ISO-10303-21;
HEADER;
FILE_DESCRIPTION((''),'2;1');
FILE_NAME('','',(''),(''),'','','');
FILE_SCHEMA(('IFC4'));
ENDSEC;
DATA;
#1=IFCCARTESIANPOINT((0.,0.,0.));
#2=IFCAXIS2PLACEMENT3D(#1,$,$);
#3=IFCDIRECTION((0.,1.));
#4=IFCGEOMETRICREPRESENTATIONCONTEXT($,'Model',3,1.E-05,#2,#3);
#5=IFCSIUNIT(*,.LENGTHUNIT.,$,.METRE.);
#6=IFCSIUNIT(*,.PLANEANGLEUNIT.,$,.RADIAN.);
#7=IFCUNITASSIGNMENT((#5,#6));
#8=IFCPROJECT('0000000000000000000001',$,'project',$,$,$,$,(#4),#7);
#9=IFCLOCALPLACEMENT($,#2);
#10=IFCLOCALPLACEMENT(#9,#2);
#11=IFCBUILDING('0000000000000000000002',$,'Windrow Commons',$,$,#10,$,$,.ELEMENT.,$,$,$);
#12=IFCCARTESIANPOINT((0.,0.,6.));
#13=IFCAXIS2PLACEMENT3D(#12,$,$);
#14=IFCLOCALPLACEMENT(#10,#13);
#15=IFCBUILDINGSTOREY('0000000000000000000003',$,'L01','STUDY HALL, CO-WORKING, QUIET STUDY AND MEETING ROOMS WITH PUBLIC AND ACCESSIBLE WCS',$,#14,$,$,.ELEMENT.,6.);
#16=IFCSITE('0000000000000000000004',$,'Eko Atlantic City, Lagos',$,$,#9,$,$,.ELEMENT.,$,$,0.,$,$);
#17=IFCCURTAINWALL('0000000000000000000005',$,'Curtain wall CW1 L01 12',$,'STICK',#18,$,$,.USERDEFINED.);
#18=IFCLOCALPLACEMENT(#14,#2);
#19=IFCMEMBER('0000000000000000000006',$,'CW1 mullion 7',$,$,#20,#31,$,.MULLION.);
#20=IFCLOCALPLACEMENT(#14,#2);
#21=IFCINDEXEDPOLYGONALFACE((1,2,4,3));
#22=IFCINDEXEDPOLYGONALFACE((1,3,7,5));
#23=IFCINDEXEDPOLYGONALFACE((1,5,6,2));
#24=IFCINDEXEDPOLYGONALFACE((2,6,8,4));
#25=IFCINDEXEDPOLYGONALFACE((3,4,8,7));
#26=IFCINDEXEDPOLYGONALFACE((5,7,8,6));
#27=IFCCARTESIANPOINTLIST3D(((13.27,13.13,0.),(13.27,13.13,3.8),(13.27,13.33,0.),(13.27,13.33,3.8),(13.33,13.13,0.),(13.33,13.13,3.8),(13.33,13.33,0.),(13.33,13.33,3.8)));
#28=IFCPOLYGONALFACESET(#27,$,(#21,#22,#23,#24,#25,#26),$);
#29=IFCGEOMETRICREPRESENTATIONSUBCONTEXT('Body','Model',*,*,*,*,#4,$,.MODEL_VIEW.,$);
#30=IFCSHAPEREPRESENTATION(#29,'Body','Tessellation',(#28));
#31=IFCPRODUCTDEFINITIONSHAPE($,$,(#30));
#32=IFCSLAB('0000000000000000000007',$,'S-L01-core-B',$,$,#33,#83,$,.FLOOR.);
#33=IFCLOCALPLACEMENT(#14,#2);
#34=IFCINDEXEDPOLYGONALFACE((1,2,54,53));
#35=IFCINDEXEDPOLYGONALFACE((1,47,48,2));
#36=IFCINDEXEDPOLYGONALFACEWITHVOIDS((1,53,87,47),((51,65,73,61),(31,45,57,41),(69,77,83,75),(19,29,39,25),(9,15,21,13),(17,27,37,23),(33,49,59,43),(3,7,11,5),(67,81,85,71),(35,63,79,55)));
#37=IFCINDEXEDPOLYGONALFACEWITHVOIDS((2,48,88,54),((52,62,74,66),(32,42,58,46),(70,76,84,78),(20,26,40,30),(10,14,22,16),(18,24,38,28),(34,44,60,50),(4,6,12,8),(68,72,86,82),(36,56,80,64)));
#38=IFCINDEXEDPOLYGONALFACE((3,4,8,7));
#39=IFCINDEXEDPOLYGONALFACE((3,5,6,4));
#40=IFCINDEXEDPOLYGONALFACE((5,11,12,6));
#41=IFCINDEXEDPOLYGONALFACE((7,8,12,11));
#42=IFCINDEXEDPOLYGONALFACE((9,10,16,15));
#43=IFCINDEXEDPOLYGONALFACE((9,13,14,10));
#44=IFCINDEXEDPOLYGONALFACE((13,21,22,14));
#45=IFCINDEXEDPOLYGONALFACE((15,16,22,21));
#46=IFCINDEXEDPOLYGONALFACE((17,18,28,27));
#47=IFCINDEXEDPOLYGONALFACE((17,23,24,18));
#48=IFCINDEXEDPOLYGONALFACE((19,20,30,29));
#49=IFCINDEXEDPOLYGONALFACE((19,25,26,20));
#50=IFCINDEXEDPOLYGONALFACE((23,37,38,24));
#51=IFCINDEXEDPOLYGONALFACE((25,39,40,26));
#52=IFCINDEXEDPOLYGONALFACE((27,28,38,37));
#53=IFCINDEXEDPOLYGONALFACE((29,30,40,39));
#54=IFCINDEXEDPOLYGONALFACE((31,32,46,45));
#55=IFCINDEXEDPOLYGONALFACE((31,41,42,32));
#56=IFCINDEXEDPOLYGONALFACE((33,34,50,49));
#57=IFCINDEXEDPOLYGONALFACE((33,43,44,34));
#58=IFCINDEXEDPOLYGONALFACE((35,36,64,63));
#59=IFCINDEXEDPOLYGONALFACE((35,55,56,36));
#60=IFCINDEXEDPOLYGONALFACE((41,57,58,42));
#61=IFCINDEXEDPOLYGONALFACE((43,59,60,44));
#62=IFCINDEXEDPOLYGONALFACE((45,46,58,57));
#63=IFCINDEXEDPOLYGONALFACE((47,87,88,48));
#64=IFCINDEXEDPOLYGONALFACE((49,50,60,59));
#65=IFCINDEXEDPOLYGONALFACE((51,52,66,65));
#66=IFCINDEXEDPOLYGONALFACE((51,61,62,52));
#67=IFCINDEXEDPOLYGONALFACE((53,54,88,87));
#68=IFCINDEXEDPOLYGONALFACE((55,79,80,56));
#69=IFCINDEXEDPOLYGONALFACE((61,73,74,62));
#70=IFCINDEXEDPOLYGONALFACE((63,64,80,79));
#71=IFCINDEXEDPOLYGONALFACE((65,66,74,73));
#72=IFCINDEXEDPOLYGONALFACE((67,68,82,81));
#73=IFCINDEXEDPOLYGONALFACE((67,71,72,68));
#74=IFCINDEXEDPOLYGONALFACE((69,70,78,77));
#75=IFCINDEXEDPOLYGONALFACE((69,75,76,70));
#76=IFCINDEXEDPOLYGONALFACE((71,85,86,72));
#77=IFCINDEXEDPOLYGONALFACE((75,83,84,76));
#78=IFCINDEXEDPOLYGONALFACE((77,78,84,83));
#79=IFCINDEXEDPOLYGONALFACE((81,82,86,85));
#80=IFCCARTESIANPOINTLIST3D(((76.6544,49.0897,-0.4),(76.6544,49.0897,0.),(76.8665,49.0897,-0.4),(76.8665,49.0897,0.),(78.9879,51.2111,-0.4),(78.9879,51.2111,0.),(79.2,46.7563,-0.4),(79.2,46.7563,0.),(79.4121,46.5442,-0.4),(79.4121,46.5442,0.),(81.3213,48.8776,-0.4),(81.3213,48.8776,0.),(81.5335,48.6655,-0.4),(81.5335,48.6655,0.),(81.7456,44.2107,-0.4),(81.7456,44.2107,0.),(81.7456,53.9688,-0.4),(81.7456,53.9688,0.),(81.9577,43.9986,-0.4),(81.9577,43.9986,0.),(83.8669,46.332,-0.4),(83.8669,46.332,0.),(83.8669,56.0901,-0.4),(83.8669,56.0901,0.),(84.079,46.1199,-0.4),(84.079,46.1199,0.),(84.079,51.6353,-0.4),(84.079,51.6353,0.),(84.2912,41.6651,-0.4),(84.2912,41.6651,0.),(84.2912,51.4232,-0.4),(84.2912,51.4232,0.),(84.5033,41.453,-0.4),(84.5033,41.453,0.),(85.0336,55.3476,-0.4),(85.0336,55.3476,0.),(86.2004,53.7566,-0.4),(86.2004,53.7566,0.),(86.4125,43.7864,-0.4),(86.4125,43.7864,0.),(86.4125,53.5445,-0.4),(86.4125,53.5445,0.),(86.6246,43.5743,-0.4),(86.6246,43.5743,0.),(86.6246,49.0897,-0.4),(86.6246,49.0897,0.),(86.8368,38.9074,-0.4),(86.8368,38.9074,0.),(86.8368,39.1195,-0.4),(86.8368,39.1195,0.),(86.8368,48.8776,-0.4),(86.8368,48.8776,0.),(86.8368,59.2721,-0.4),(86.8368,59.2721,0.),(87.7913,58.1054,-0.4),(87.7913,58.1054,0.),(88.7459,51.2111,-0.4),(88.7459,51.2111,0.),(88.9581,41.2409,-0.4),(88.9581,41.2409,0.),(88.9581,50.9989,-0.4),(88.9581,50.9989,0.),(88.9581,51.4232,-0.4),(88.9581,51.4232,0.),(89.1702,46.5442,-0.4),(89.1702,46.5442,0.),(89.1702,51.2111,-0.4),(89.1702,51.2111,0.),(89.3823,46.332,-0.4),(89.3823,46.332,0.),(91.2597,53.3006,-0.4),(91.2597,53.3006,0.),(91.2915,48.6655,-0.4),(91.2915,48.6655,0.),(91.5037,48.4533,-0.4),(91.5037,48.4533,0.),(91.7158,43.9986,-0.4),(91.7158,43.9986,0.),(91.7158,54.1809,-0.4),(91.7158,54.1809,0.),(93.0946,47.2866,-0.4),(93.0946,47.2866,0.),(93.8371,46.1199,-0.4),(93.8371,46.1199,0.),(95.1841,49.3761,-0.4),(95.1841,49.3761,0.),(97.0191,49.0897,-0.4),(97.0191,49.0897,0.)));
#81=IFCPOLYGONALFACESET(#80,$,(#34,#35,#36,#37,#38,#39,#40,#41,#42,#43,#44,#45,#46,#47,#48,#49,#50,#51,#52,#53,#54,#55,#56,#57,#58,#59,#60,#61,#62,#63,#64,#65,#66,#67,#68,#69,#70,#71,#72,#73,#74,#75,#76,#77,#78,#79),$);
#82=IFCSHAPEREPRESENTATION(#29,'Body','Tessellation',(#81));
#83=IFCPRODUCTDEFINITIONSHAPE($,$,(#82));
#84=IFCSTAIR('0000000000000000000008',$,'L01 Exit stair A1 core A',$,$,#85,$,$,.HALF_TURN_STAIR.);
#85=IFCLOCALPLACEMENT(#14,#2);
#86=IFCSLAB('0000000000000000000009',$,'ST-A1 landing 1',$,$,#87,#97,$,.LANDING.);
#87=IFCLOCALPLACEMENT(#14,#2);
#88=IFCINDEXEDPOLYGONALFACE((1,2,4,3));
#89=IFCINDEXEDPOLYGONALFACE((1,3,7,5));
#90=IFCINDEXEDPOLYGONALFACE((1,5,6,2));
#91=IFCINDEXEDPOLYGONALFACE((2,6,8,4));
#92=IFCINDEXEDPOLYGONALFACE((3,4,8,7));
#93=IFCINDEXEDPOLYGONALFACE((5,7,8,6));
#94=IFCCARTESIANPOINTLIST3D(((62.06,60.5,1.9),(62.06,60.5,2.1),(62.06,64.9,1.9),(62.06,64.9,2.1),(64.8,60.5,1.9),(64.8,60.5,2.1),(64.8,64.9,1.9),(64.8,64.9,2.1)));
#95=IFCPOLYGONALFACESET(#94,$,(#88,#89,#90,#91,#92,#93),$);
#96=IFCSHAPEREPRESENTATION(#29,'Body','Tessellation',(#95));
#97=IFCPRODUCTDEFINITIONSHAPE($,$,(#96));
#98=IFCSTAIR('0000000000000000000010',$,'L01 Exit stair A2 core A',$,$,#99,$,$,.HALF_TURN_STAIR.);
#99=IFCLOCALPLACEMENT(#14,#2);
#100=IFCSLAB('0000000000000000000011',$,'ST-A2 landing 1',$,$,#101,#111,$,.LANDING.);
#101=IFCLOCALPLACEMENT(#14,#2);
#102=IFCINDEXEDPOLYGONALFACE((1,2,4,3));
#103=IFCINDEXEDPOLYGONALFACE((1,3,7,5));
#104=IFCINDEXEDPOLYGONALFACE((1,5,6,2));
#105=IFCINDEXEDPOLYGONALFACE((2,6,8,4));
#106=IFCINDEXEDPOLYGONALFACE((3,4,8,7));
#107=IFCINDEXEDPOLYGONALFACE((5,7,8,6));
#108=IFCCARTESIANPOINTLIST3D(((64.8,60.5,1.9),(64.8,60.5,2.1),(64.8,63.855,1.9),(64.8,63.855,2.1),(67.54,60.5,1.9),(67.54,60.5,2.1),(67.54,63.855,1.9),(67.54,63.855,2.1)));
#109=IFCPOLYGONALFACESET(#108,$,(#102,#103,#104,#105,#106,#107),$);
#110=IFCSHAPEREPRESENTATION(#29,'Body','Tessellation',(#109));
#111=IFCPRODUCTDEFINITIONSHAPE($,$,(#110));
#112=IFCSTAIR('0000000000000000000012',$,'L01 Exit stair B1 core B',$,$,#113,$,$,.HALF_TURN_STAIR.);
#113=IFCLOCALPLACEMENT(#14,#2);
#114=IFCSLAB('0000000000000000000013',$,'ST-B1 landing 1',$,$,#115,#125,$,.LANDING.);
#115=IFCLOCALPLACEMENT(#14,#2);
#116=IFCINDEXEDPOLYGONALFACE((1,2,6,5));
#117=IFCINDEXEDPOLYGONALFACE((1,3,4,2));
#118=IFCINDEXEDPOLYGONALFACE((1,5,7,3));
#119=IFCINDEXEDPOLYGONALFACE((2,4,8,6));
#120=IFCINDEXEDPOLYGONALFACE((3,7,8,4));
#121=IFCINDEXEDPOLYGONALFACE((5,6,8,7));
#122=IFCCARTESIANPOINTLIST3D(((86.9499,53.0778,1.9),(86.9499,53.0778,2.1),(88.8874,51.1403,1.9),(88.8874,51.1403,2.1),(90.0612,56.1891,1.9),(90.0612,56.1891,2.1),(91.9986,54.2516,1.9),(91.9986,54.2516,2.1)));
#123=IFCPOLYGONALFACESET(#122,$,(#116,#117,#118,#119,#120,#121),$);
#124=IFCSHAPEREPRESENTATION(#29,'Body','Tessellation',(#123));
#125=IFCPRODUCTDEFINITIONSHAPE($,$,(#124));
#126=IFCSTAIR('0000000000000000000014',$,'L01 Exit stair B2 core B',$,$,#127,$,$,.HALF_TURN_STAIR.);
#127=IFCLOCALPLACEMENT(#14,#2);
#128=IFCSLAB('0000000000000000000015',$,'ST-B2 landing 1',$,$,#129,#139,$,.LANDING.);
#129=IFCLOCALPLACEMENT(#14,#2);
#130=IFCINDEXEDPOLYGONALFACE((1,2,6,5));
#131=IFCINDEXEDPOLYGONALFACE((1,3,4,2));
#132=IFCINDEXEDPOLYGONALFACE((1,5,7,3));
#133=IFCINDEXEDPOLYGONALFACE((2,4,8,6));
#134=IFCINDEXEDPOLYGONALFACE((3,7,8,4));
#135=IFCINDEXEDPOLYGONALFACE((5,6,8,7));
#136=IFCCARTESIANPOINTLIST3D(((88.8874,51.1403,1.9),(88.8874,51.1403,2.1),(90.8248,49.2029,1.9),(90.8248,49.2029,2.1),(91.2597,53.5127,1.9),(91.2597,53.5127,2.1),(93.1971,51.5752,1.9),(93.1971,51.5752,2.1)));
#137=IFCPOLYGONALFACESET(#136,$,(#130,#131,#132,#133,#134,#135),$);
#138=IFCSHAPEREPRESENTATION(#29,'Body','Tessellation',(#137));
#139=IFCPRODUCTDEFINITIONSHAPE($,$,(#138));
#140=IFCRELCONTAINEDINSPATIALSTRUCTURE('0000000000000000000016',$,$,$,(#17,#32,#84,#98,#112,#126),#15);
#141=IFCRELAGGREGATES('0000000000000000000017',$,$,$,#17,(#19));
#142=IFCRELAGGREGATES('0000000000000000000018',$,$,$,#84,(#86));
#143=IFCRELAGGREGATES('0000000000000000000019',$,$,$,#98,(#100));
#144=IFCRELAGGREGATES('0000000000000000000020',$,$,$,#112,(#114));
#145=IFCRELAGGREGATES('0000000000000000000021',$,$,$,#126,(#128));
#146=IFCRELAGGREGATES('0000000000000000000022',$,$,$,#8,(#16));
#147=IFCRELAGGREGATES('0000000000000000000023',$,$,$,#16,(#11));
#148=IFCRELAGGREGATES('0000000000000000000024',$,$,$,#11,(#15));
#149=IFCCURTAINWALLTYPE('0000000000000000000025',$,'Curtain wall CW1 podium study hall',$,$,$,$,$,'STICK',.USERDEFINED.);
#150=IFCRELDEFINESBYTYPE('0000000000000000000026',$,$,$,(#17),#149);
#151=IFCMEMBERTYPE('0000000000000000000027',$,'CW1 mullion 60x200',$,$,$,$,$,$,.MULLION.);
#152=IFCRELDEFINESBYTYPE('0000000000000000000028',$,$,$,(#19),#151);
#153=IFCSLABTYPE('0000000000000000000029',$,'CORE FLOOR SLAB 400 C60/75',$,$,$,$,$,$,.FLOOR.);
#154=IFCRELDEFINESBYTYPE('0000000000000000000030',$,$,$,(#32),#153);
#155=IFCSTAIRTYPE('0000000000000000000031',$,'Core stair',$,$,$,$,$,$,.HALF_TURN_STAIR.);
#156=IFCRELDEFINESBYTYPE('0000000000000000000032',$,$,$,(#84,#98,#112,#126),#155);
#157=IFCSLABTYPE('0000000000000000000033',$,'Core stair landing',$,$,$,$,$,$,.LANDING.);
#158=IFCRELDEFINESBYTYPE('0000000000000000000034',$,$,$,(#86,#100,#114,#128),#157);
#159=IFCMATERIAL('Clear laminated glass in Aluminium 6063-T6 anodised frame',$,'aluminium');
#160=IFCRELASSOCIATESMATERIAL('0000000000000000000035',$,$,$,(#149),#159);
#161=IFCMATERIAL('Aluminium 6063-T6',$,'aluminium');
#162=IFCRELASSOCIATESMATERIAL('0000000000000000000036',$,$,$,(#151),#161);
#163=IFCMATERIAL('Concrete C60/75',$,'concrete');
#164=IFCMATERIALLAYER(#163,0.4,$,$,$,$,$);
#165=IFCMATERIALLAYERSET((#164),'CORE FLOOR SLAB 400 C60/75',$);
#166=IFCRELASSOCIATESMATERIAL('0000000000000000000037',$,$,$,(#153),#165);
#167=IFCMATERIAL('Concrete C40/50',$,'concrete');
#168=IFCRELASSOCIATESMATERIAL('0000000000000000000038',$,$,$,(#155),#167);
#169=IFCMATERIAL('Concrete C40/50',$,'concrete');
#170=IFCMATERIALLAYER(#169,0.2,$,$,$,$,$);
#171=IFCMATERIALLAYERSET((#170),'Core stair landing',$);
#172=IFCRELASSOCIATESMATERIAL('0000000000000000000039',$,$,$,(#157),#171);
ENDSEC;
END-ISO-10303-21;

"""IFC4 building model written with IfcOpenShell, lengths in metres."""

from ifc_helpers import new_model, si_unit, direction, frame, origin, origin_2d, place, context, subcontext, project, spatial, polyline, rectangle, outline, extrude, material, layer, layer_set, material_profile, profile_set, type_object, element, aggregate, save


model = new_model("IFC4")

# Units and contexts
model_context = context("Model", 3, precision=1e-05, world=origin(), true_north=direction((0.0, 1.0)))
body_context = subcontext(model_context, "Body", "Model", "MODEL_VIEW")
ifc_project = project(units=[si_unit("LENGTHUNIT", "METRE"), si_unit("PLANEANGLEUNIT", "RADIAN")], contexts=[model_context])

# Site, building, storey
site_placement = place(None, origin())
site = spatial("IfcSite", under=ifc_project, at=site_placement, Name="Eko Atlantic City, Lagos", CompositionType="ELEMENT", RefElevation=0.0)
building_placement = place(site_placement, origin())
building = spatial("IfcBuilding", under=site, at=building_placement, Name="Windrow Commons", CompositionType="ELEMENT")
storey_placement = place(building_placement, frame((0.0, 0.0, 6.0)))
storey = spatial("IfcBuildingStorey", under=building, at=storey_placement, Name="L01", Description="STUDY HALL, CO-WORKING, QUIET STUDY AND MEETING ROOMS WITH PUBLIC AND ACCESSIBLE WCS", CompositionType="ELEMENT", Elevation=6.0)

# Curtain wall, member
ifc_material_1 = material(Name="Clear laminated glass in Aluminium 6063-T6 anodised frame", Category="aluminium")
curtain_wall_type = type_object("IfcCurtainWallType", Name="Curtain wall CW1 podium study hall", ElementType="STICK", PredefinedType="USERDEFINED", material=ifc_material_1)
placement_1 = place(storey_placement, origin())
curtain_wall = element("IfcCurtainWall", 1, at=placement_1, inside=storey, type_object=curtain_wall_type, Name="Curtain wall CW1 L01 12", ObjectType="STICK", PredefinedType="USERDEFINED")
ifc_material_2 = material(Name="Aluminium 6063-T6", Category="aluminium")
ifc_material_profile = material_profile(ifc_material_2, rectangle(XDim=0.06, YDim=0.2, at=origin_2d()))
ifc_profile_set = profile_set([ifc_material_profile], Name="Aluminium 6063-T6")
member_type = type_object("IfcMemberType", Name="CW1 mullion 60x200", PredefinedType="MULLION", material=ifc_profile_set)
member_placement = place(storey_placement, frame((13.3, 13.23, 0.0), z_axis=(0.0, 0.0, 1.0), x_axis=(1.0, 0.0, 0.0)))
member = element("IfcMember", 2, at=member_placement, type_object=member_type, Name="CW1 mullion 7", PredefinedType="MULLION", context=body_context, shape_type="SweptSolid", body=[
    extrude(rectangle(XDim=0.06, YDim=0.2, at=origin_2d()), origin(), (0.0, 0.0, 1.0), 3.8),
])
aggregate(curtain_wall, [member])

# Slab, openings
ifc_material_3 = material(Name="Concrete C60/75", Category="concrete")
ifc_layer_1 = layer(ifc_material_3, 0.4)
ifc_layer_set_1 = layer_set([ifc_layer_1], Name="CORE FLOOR SLAB 400 C60/75")
slab_type_1 = type_object("IfcSlabType", Name="CORE FLOOR SLAB 400 C60/75", PredefinedType="FLOOR", material=ifc_layer_set_1)
placement_2 = place(storey_placement, frame((0.0, 0.0, -0.4)))
slab_1 = element("IfcSlab", 3, at=placement_2, inside=storey, type_object=slab_type_1, Name="S-L01-core-B", PredefinedType="FLOOR", context=body_context, shape_type="SweptSolid", body=[
    extrude(outline(polyline([(76.6544, 49.0897), (86.8368, 38.9074), (97.0191, 49.0897), (86.8368, 59.2721), (76.6544, 49.0897)]), holes=[polyline([(76.8665, 49.0897), (79.2, 46.7563), (81.3213, 48.8776), (78.9879, 51.2111), (76.8665, 49.0897)]), polyline([(79.4121, 46.5442), (81.7456, 44.2107), (83.8669, 46.332), (81.5335, 48.6655), (79.4121, 46.5442)]), polyline([(81.9577, 43.9986), (84.2912, 41.6651), (86.4125, 43.7864), (84.079, 46.1199), (81.9577, 43.9986)]), polyline([(84.5033, 41.453), (86.8368, 39.1195), (88.9581, 41.2409), (86.6246, 43.5743), (84.5033, 41.453)]), polyline([(81.7456, 53.9688), (84.079, 51.6353), (86.2004, 53.7566), (83.8669, 56.0901), (81.7456, 53.9688)]), polyline([(84.2912, 51.4232), (86.6246, 49.0897), (88.7459, 51.2111), (86.4125, 53.5445), (84.2912, 51.4232)]), polyline([(86.8368, 48.8776), (89.1702, 46.5442), (91.2915, 48.6655), (88.9581, 50.9989), (86.8368, 48.8776)]), polyline([(89.3823, 46.332), (91.7158, 43.9986), (93.8371, 46.1199), (91.5037, 48.4533), (89.3823, 46.332)]), polyline([(85.0336, 55.3476), (88.9581, 51.4232), (91.7158, 54.1809), (87.7913, 58.1054), (85.0336, 55.3476)]), polyline([(89.1702, 51.2111), (93.0946, 47.2866), (95.1841, 49.3761), (91.2597, 53.3006), (89.1702, 51.2111)])]), origin(), (0.0, 0.0, 1.0), 0.4),
])
opening_1_placement = place(placement_2, origin())
element("IfcOpeningElement", 4, at=opening_1_placement, cuts=slab_1, PredefinedType="OPENING", context=body_context, shape_type="SweptSolid", body=[
    extrude(outline(polyline([(76.8736, 49.0897), (78.9879, 51.204), (81.3142, 48.8776), (79.2, 46.7634), (76.8736, 49.0897)])), origin(), (0.0, 0.0, 1.0), 0.4),
])
opening_2_placement = place(placement_2, origin())
element("IfcOpeningElement", 5, at=opening_2_placement, cuts=slab_1, PredefinedType="OPENING", context=body_context, shape_type="SweptSolid", body=[
    extrude(outline(polyline([(79.4192, 46.5442), (81.5335, 48.6584), (83.8598, 46.332), (81.7456, 44.2178), (79.4192, 46.5442)])), origin(), (0.0, 0.0, 1.0), 0.4),
])
opening_3_placement = place(placement_2, origin())
element("IfcOpeningElement", 6, at=opening_3_placement, cuts=slab_1, PredefinedType="OPENING", context=body_context, shape_type="SweptSolid", body=[
    extrude(outline(polyline([(81.9648, 43.9986), (84.079, 46.1128), (86.4054, 43.7864), (84.2912, 41.6722), (81.9648, 43.9986)])), origin(), (0.0, 0.0, 1.0), 0.4),
])
opening_4_placement = place(placement_2, origin())
element("IfcOpeningElement", 7, at=opening_4_placement, cuts=slab_1, PredefinedType="OPENING", context=body_context, shape_type="SweptSolid", body=[
    extrude(outline(polyline([(84.5104, 41.453), (86.6246, 43.5672), (88.951, 41.2409), (86.8368, 39.1266), (84.5104, 41.453)])), origin(), (0.0, 0.0, 1.0), 0.4),
])
opening_5_placement = place(placement_2, origin())
element("IfcOpeningElement", 8, at=opening_5_placement, cuts=slab_1, PredefinedType="OPENING", context=body_context, shape_type="SweptSolid", body=[
    extrude(outline(polyline([(81.7527, 53.9688), (83.8669, 56.083), (86.1933, 53.7566), (84.079, 51.6424), (81.7527, 53.9688)])), origin(), (0.0, 0.0, 1.0), 0.4),
])
opening_6_placement = place(placement_2, origin())
element("IfcOpeningElement", 9, at=opening_6_placement, cuts=slab_1, PredefinedType="OPENING", context=body_context, shape_type="SweptSolid", body=[
    extrude(outline(polyline([(84.2983, 51.4232), (86.4125, 53.5374), (88.7388, 51.2111), (86.6246, 49.0968), (84.2983, 51.4232)])), origin(), (0.0, 0.0, 1.0), 0.4),
])
opening_7_placement = place(placement_2, origin())
element("IfcOpeningElement", 10, at=opening_7_placement, cuts=slab_1, PredefinedType="OPENING", context=body_context, shape_type="SweptSolid", body=[
    extrude(outline(polyline([(86.8439, 48.8776), (88.9581, 50.9918), (91.2844, 48.6655), (89.1702, 46.5513), (86.8439, 48.8776)])), origin(), (0.0, 0.0, 1.0), 0.4),
])
opening_8_placement = place(placement_2, origin())
element("IfcOpeningElement", 11, at=opening_8_placement, cuts=slab_1, PredefinedType="OPENING", context=body_context, shape_type="SweptSolid", body=[
    extrude(outline(polyline([(89.3894, 46.332), (91.5037, 48.4462), (93.83, 46.1199), (91.7158, 44.0057), (89.3894, 46.332)])), origin(), (0.0, 0.0, 1.0), 0.4),
])
opening_9_placement = place(placement_2, origin())
element("IfcOpeningElement", 12, at=opening_9_placement, cuts=slab_1, PredefinedType="OPENING", context=body_context, shape_type="SweptSolid", body=[
    extrude(outline(polyline([(85.0407, 55.3476), (87.7913, 58.0983), (91.7087, 54.1809), (88.9581, 51.4303), (85.0407, 55.3476)])), origin(), (0.0, 0.0, 1.0), 0.4),
])
opening_10_placement = place(placement_2, origin())
element("IfcOpeningElement", 13, at=opening_10_placement, cuts=slab_1, PredefinedType="OPENING", context=body_context, shape_type="SweptSolid", body=[
    extrude(outline(polyline([(89.1773, 51.2111), (91.2597, 53.2935), (95.177, 49.3761), (93.0946, 47.2937), (89.1773, 51.2111)])), origin(), (0.0, 0.0, 1.0), 0.4),
])

# Stairs, slabs
ifc_material_4 = material(Name="Concrete C40/50", Category="concrete")
stair_type_1 = type_object("IfcStairType", Name="Core stair", PredefinedType="HALF_TURN_STAIR", material=ifc_material_4)
stair_1 = element("IfcStair", 14, at=placement_1, inside=storey, type_object=stair_type_1, Name="L01 Exit stair A1 core A", PredefinedType="HALF_TURN_STAIR")
ifc_material_5 = material(Name="Concrete C40/50", Category="concrete")
ifc_layer_2 = layer(ifc_material_5, 0.2)
ifc_layer_set_2 = layer_set([ifc_layer_2], Name="Core stair landing")
slab_type_2 = type_object("IfcSlabType", Name="Core stair landing", PredefinedType="LANDING", material=ifc_layer_set_2)
placement_3 = place(storey_placement, frame((0.0, 0.0, 1.9)))
slab_2 = element("IfcSlab", 15, at=placement_3, type_object=slab_type_2, Name="ST-A1 landing 1", PredefinedType="LANDING", context=body_context, shape_type="SweptSolid", body=[
    extrude(outline(polyline([(62.06, 60.5), (64.8, 60.5), (64.8, 64.9), (62.06, 64.9), (62.06, 60.5)])), origin(), (0.0, 0.0, 1.0), 0.2),
])
aggregate(stair_1, [slab_2])
stair_2 = element("IfcStair", 16, at=placement_1, inside=storey, type_object=stair_type_1, Name="L01 Exit stair A2 core A", PredefinedType="HALF_TURN_STAIR")
slab_3 = element("IfcSlab", 17, at=placement_3, type_object=slab_type_2, Name="ST-A2 landing 1", PredefinedType="LANDING", context=body_context, shape_type="SweptSolid", body=[
    extrude(outline(polyline([(64.8, 60.5), (67.54, 60.5), (67.54, 63.855), (64.8, 63.855), (64.8, 60.5)])), origin(), (0.0, 0.0, 1.0), 0.2),
])
aggregate(stair_2, [slab_3])
stair_3 = element("IfcStair", 18, at=placement_1, inside=storey, type_object=stair_type_1, Name="L01 Exit stair B1 core B", PredefinedType="HALF_TURN_STAIR")
slab_4 = element("IfcSlab", 19, at=placement_3, type_object=slab_type_2, Name="ST-B1 landing 1", PredefinedType="LANDING", context=body_context, shape_type="SweptSolid", body=[
    extrude(outline(polyline([(86.9499, 53.0778), (88.8874, 51.1403), (91.9986, 54.2516), (90.0612, 56.1891), (86.9499, 53.0778)])), origin(), (0.0, 0.0, 1.0), 0.2),
])
aggregate(stair_3, [slab_4])
stair_4 = element("IfcStair", 20, at=placement_1, inside=storey, type_object=stair_type_1, Name="L01 Exit stair B2 core B", PredefinedType="HALF_TURN_STAIR")
slab_5 = element("IfcSlab", 21, at=placement_3, type_object=slab_type_2, Name="ST-B2 landing 1", PredefinedType="LANDING", context=body_context, shape_type="SweptSolid", body=[
    extrude(outline(polyline([(88.8874, 51.1403), (90.8248, 49.2029), (93.1971, 51.5752), (91.2597, 53.5127), (88.8874, 51.1403)])), origin(), (0.0, 0.0, 1.0), 0.2),
])
aggregate(stair_4, [slab_5])

save(model, "model.ifc")
